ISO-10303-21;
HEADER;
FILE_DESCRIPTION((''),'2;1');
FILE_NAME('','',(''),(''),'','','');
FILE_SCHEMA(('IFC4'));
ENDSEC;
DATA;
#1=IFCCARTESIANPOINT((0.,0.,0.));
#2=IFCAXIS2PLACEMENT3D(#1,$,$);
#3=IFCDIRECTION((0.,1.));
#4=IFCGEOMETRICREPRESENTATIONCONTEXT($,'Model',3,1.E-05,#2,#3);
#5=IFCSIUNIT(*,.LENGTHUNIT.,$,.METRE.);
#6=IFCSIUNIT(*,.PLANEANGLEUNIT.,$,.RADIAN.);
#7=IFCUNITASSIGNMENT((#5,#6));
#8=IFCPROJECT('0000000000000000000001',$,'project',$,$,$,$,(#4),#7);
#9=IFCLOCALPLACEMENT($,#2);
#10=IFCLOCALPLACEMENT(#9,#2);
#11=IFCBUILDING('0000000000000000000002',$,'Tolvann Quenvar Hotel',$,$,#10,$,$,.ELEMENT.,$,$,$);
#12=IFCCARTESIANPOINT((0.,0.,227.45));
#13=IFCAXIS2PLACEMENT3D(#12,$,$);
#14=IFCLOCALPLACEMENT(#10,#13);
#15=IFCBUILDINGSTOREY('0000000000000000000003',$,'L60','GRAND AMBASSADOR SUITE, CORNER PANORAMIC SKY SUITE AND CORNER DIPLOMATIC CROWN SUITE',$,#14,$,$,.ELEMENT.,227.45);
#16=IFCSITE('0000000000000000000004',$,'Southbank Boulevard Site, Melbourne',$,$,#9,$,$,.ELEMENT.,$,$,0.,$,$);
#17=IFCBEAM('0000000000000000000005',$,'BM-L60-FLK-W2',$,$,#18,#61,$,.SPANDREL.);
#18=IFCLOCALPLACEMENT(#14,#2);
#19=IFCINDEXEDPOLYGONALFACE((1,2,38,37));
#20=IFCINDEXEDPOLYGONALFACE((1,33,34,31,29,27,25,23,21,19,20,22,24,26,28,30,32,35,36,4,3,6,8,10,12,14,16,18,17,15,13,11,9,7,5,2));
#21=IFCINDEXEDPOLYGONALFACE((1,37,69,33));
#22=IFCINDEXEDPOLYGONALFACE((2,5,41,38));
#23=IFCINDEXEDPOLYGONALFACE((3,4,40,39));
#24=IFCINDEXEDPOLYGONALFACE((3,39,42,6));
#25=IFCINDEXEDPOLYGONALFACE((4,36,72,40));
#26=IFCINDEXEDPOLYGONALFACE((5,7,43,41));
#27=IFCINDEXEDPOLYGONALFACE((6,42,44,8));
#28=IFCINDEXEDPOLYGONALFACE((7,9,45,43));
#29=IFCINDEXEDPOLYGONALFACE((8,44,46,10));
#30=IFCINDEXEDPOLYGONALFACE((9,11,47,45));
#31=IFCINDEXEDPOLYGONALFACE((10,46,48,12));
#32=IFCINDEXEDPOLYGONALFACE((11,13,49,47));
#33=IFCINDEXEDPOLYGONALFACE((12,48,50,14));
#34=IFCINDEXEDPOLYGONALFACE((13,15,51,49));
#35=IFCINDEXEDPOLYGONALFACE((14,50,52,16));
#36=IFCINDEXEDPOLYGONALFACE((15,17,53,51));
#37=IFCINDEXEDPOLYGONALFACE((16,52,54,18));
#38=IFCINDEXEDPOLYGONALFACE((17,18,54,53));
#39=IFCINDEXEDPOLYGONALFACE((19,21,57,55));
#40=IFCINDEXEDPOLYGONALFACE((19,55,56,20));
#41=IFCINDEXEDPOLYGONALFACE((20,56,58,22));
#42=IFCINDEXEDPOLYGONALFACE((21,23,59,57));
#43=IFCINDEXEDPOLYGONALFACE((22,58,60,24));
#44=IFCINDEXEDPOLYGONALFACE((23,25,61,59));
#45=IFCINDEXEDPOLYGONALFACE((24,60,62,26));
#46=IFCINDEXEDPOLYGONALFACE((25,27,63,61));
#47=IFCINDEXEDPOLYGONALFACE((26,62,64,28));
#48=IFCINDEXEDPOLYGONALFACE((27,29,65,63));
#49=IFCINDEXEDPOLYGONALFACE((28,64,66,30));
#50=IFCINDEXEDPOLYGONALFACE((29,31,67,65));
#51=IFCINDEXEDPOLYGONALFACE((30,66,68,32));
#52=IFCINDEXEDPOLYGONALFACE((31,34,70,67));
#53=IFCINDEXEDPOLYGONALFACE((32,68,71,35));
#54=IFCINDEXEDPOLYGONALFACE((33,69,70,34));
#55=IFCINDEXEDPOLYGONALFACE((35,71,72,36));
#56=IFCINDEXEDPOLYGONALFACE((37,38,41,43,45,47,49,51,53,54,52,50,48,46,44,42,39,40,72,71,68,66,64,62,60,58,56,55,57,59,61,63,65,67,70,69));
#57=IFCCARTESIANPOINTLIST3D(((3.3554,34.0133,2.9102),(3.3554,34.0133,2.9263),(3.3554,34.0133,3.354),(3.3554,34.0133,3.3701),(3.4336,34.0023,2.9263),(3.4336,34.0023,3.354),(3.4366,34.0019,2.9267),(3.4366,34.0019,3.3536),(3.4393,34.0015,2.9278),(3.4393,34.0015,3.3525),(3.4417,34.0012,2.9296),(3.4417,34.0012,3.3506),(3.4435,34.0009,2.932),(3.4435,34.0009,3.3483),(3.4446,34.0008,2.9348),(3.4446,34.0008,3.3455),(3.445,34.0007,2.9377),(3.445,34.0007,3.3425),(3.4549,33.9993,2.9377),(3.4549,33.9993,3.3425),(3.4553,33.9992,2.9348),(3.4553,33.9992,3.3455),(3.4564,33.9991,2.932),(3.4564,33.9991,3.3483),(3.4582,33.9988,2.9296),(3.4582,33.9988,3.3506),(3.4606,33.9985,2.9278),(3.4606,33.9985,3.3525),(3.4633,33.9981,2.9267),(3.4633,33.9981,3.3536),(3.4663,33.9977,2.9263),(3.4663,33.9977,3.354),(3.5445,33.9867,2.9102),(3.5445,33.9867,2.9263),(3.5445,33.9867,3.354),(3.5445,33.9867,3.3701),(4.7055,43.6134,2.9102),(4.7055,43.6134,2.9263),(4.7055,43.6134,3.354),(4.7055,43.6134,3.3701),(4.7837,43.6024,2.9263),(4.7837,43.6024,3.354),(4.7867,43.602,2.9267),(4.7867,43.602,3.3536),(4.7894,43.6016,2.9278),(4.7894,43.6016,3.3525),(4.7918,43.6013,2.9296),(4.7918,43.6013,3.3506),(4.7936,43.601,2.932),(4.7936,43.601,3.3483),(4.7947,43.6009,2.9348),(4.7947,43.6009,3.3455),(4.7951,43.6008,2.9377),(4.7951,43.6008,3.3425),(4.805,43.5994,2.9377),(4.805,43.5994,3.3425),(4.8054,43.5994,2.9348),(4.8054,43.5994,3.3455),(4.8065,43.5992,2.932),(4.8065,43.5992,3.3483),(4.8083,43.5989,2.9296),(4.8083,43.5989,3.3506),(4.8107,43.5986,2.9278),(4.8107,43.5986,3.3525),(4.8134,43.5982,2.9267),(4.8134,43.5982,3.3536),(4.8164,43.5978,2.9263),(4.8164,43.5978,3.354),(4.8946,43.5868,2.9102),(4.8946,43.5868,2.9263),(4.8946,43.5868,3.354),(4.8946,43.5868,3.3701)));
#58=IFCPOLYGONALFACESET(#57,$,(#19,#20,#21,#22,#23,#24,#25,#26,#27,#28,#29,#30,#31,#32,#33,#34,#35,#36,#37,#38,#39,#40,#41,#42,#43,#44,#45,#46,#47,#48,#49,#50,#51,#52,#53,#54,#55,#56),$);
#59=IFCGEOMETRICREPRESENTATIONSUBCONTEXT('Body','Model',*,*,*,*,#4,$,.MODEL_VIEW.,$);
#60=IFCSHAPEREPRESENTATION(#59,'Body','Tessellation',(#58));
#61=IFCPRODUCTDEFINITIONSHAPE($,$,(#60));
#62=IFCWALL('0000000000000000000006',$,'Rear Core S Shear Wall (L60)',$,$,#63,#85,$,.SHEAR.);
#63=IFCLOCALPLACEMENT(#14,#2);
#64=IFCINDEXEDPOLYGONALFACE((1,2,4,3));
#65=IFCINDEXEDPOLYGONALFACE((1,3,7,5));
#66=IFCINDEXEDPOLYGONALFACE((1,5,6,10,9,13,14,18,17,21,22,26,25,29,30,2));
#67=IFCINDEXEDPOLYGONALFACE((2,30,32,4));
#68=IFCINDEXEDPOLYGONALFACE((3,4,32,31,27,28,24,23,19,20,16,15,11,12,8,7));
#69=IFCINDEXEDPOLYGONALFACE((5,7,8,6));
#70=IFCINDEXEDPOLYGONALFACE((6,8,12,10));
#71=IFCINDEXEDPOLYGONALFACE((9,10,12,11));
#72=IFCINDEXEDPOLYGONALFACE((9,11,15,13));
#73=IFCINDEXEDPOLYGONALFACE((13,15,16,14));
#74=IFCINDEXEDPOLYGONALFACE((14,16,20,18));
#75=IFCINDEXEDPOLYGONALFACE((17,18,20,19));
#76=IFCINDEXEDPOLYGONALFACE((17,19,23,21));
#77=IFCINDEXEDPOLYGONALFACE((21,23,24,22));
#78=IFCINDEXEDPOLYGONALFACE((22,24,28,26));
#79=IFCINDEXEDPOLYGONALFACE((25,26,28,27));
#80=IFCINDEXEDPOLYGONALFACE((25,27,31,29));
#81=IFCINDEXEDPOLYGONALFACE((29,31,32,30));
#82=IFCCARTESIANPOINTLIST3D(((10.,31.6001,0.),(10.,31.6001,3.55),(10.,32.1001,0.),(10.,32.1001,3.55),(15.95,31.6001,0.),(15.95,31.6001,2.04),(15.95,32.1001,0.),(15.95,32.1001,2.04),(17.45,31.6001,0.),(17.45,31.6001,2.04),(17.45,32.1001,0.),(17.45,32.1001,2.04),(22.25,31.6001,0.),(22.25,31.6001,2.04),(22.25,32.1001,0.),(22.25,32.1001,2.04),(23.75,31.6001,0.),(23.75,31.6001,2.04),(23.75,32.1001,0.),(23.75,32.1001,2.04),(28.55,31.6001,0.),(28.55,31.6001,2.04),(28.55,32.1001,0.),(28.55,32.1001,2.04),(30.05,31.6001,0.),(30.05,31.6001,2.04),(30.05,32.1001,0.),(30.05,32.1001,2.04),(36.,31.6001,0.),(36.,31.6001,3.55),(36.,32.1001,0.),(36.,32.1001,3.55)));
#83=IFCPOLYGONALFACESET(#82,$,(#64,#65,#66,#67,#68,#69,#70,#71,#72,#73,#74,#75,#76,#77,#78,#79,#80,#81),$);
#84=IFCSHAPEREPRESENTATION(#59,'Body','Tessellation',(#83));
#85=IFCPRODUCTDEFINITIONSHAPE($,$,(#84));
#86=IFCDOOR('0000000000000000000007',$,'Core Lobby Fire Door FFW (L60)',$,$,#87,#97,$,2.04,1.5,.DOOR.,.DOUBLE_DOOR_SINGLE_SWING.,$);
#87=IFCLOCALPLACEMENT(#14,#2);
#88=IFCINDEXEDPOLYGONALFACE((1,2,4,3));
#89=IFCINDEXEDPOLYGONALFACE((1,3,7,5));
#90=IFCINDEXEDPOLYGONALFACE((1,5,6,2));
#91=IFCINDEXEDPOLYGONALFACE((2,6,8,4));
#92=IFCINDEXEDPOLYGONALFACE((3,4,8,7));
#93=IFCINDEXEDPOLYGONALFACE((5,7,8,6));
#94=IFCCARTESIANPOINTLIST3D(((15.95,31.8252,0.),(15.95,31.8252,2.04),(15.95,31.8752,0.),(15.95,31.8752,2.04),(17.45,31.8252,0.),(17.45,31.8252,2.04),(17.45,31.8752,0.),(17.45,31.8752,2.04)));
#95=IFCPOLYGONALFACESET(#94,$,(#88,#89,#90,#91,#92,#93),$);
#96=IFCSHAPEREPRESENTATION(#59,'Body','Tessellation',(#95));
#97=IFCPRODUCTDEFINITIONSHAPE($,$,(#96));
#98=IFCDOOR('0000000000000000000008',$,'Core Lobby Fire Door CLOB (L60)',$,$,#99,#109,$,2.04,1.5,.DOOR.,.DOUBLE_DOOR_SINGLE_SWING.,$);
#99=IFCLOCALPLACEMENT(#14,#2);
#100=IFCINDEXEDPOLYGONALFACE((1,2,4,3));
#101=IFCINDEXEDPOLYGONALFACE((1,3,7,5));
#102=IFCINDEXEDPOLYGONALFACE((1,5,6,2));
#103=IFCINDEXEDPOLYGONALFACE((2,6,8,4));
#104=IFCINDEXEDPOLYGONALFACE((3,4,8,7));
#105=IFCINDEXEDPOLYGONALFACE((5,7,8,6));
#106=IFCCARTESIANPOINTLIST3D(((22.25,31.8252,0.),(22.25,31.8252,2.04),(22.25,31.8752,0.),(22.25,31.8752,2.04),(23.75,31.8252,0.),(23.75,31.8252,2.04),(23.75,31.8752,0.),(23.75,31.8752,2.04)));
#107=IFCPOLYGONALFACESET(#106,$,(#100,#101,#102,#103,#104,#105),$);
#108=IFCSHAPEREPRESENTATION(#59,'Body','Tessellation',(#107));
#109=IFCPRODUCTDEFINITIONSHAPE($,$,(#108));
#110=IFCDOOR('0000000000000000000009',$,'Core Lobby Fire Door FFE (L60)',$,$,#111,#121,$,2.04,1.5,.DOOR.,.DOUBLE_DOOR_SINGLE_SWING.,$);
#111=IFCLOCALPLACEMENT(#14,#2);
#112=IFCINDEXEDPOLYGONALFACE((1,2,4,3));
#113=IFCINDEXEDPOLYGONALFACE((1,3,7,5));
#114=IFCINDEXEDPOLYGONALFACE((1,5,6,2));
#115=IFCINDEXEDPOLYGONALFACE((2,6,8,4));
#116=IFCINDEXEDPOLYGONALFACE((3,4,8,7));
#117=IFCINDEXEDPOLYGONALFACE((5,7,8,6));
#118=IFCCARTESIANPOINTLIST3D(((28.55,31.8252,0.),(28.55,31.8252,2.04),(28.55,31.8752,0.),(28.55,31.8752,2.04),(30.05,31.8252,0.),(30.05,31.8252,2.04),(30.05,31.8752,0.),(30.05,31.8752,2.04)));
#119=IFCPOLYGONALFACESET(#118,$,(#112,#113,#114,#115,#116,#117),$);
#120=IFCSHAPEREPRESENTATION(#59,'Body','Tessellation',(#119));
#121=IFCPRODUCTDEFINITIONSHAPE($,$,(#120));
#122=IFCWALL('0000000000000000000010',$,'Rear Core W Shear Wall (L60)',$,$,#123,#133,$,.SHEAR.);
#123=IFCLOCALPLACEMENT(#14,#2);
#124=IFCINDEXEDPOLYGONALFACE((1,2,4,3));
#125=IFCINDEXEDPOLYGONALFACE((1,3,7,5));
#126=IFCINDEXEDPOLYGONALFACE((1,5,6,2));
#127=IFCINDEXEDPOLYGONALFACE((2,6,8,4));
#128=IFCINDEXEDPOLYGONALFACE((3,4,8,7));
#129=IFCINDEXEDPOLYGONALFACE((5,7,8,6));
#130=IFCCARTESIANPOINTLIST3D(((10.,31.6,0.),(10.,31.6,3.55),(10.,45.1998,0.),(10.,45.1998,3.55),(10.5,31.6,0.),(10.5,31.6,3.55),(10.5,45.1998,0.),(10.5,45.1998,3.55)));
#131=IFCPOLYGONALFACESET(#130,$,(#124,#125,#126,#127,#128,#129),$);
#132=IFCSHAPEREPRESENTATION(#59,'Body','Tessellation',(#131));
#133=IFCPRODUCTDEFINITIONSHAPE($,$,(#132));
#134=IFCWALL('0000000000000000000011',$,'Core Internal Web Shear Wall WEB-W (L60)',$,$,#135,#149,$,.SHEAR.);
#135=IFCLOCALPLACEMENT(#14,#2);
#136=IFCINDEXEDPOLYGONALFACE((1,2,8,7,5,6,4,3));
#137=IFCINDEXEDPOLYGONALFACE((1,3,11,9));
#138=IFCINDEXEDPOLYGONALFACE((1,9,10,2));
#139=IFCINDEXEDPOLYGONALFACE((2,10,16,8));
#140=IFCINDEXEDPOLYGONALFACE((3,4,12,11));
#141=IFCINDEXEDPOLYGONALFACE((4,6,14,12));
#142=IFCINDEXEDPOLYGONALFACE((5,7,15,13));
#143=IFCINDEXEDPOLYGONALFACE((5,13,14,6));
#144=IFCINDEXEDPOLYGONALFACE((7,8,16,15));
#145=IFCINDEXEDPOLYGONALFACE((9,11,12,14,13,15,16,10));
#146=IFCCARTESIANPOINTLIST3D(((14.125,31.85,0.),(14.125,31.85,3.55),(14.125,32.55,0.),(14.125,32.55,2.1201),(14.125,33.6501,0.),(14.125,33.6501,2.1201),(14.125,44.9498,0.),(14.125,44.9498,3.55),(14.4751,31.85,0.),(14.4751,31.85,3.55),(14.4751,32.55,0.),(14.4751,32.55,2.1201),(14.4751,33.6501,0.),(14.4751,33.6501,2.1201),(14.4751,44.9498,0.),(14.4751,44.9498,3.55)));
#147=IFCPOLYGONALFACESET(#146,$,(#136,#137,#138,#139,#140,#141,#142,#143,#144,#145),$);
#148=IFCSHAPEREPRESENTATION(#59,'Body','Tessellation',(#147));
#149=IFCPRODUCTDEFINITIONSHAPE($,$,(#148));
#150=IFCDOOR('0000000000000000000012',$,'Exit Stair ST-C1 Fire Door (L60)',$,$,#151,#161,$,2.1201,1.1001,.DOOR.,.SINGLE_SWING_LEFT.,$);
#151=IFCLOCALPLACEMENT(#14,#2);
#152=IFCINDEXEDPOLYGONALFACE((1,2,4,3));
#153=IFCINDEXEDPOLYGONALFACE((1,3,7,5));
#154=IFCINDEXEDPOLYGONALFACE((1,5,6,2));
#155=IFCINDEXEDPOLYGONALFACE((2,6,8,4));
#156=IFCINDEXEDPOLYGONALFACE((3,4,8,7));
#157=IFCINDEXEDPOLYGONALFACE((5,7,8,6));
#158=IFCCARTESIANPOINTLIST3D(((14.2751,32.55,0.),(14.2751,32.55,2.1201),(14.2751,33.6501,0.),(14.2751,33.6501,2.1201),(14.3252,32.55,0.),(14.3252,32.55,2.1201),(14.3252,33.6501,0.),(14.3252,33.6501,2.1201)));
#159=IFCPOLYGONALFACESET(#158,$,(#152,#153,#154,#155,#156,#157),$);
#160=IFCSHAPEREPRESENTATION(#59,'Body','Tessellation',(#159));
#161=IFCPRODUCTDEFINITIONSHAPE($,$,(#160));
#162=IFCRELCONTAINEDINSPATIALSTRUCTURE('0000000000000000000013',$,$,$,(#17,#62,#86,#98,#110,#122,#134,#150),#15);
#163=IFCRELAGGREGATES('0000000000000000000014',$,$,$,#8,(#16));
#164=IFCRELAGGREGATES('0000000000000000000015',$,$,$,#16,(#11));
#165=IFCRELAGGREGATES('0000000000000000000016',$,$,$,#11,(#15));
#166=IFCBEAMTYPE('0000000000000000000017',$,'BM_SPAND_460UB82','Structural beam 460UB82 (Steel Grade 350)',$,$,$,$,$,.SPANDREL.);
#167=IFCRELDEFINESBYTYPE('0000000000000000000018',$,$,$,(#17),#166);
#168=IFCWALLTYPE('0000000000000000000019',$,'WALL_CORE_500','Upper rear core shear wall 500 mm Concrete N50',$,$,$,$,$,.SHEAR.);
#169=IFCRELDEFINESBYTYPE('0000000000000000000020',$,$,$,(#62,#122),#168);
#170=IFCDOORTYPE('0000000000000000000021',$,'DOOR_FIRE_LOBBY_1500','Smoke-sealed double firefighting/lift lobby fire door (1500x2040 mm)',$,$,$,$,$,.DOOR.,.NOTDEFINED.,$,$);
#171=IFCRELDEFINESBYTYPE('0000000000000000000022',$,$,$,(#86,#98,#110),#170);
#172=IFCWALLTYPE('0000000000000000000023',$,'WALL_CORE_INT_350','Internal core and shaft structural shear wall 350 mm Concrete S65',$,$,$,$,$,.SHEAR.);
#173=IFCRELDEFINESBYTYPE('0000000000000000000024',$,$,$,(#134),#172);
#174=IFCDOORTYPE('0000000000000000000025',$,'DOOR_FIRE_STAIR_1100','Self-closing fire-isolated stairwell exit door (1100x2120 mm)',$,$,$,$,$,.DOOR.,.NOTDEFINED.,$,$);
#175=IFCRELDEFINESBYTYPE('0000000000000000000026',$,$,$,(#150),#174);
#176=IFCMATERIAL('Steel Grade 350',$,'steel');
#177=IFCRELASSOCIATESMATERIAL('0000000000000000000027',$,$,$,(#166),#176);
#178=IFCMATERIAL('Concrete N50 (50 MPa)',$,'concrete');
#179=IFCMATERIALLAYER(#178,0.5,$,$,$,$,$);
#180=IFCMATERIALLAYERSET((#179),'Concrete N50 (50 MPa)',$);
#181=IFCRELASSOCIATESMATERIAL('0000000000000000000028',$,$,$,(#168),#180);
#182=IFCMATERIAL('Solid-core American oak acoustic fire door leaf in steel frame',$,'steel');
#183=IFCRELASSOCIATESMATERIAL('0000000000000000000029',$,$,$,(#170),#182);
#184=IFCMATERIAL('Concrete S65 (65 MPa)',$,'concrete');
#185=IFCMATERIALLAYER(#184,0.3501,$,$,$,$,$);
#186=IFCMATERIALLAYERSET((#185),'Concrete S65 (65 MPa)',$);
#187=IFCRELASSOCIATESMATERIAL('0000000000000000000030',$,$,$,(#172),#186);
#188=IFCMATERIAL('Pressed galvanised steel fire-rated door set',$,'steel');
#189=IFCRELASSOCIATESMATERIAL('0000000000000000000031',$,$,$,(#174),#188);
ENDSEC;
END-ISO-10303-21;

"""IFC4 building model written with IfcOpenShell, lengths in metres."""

from ifc_helpers import new_model, si_unit, direction, frame, frame_2d, origin, origin_2d, place, context, subcontext, project, spatial, rectangle, i_section, extrude, source, transform, mapped, material, layer, layer_set, material_profile, profile_set, type_object, type_shapes, element, fill, save


model = new_model("IFC4")

# Units and contexts
model_context = context("Model", 3, precision=1e-05, world=origin(), true_north=direction((0.0, 1.0)))
body_context = subcontext(model_context, "Body", "Model", "MODEL_VIEW")
ifc_project = project(units=[si_unit("LENGTHUNIT", "METRE"), si_unit("PLANEANGLEUNIT", "RADIAN")], contexts=[model_context])

# Site, building, storey
site_placement = place(None, origin())
site = spatial("IfcSite", under=ifc_project, at=site_placement, Name="Southbank Boulevard Site, Melbourne", CompositionType="ELEMENT", RefElevation=0.0)
building_placement = place(site_placement, origin())
building = spatial("IfcBuilding", under=site, at=building_placement, Name="Tolvann Quenvar Hotel", CompositionType="ELEMENT")
storey_placement = place(building_placement, frame((0.0, 0.0, 227.45)))
storey = spatial("IfcBuildingStorey", under=building, at=storey_placement, Name="L60", Description="GRAND AMBASSADOR SUITE, CORNER PANORAMIC SKY SUITE AND CORNER DIPLOMATIC CROWN SUITE", CompositionType="ELEMENT", Elevation=227.45)

# Shared definitions
ifc_material_1 = material(Name="Concrete N50 (50 MPa)", Category="concrete")

# Beam
ifc_material_2 = material(Name="Steel Grade 350", Category="steel")
ifc_material_profile_1 = material_profile(ifc_material_2, i_section(OverallWidth=0.1909, OverallDepth=0.46, WebThickness=0.01, FlangeThickness=0.0161, FilletRadius=0.0115, at=origin_2d()), Name="460UB82")
ifc_profile_set_1 = profile_set([ifc_material_profile_1], Name="Steel Grade 350")
beam_type_1 = type_object("IfcBeamType", Name="BM_SPAND_460UB82", Description="Structural beam 460UB82 (Steel Grade 350)", PredefinedType="SPANDREL", material=ifc_profile_set_1)
shared_shape_1 = source(origin(), body_context, "Body", "SweptSolid", [
    extrude(i_section(OverallWidth=0.1909, OverallDepth=0.46, WebThickness=0.01, FlangeThickness=0.0161, FilletRadius=0.0115, at=origin_2d()), origin(), (0.0, 0.0, 1.0), 9.6946),
])
type_shapes(beam_type_1, [shared_shape_1])
beam_1_placement = place(storey_placement, frame((3.45, 34.0, 3.1401), z_axis=(0.139263, 0.990255, 0.0), x_axis=(-0.990255, 0.139263, 0.0)))
element("IfcBeam", 1, at=beam_1_placement, inside=storey, type_object=beam_type_1, Name="BM-L60-FLK-W2", PredefinedType="SPANDREL", context=body_context, shape_type="MappedRepresentation", body=[
    mapped(shared_shape_1, transform((0.0, 0.0, 0.0), x_axis=(1.0, 0.0, 0.0), y_axis=(0.0, 1.0, 0.0), z_axis=(0.0, 0.0, 1.0), scale=1.0)),
])

# Wall, openings, doors
ifc_layer_1 = layer(ifc_material_1, 0.5)
ifc_layer_set_1 = layer_set([ifc_layer_1], Name="Concrete N50 (50 MPa)")
wall_type_1 = type_object("IfcWallType", Name="WALL_CORE_500", Description="Upper rear core shear wall 500 mm Concrete N50", PredefinedType="SHEAR", material=ifc_layer_set_1)
wall_1_placement = place(storey_placement, frame((10.0, 31.8501, 0.0), z_axis=(0.0, 0.0, 1.0), x_axis=(1.0, 0.0, 0.0)))
wall_1 = element("IfcWall", 2, at=wall_1_placement, inside=storey, type_object=wall_type_1, Name="Rear Core S Shear Wall (L60)", PredefinedType="SHEAR", context=body_context, shape_type="SweptSolid", body=[
    extrude(rectangle(XDim=26.0, YDim=0.5, at=frame_2d((13.0, 0.0))), origin(), (0.0, 0.0, 1.0), 3.55),
])
opening_1_placement = place(wall_1_placement, frame((7.45, 0.0, 0.0), z_axis=(0.0, 0.0, 1.0), x_axis=(-1.0, 0.0, 0.0)))
opening_1 = element("IfcOpeningElement", 3, at=opening_1_placement, cuts=wall_1, PredefinedType="OPENING", context=body_context, shape_type="SweptSolid", body=[
    extrude(rectangle(XDim=1.5, YDim=2.04, at=frame_2d((0.75, 1.02))), frame((0.0, 0.26, 0.0), z_axis=(0.0, -1.0, 0.0), x_axis=(1.0, 0.0, 0.0)), (0.0, 0.0, 1.0), 0.52),
])
opening_2_placement = place(wall_1_placement, frame((13.75, 0.0, 0.0), z_axis=(0.0, 0.0, 1.0), x_axis=(-1.0, 0.0, 0.0)))
opening_2 = element("IfcOpeningElement", 4, at=opening_2_placement, cuts=wall_1, PredefinedType="OPENING", context=body_context, shape_type="SweptSolid", body=[
    extrude(rectangle(XDim=1.5, YDim=2.04, at=frame_2d((0.75, 1.02))), frame((0.0, 0.26, 0.0), z_axis=(0.0, -1.0, 0.0), x_axis=(1.0, 0.0, 0.0)), (0.0, 0.0, 1.0), 0.52),
])
opening_3_placement = place(wall_1_placement, frame((20.05, 0.0, 0.0), z_axis=(0.0, 0.0, 1.0), x_axis=(-1.0, 0.0, 0.0)))
opening_3 = element("IfcOpeningElement", 5, at=opening_3_placement, cuts=wall_1, PredefinedType="OPENING", context=body_context, shape_type="SweptSolid", body=[
    extrude(rectangle(XDim=1.5, YDim=2.04, at=frame_2d((0.75, 1.02))), frame((0.0, 0.26, 0.0), z_axis=(0.0, -1.0, 0.0), x_axis=(1.0, 0.0, 0.0)), (0.0, 0.0, 1.0), 0.52),
])
ifc_material_3 = material(Name="Solid-core American oak acoustic fire door leaf in steel frame", Category="steel")
door_type_1 = type_object("IfcDoorType", Name="DOOR_FIRE_LOBBY_1500", Description="Smoke-sealed double firefighting/lift lobby fire door (1500x2040 mm)", OperationType="NOTDEFINED", PredefinedType="DOOR", material=ifc_material_3)
shared_shape_2 = source(origin(), body_context, "Body", "SweptSolid", [
    extrude(rectangle(XDim=1.5, YDim=2.04, at=frame_2d((0.75, 1.02))), frame((0.0, 0.0249, 0.0), z_axis=(0.0, -1.0, 0.0), x_axis=(1.0, 0.0, 0.0)), (0.0, 0.0, 1.0), 0.05),
])
type_shapes(door_type_1, [shared_shape_2])
door_1_placement = place(opening_1_placement, origin())
door_1 = element("IfcDoor", 6, at=door_1_placement, inside=storey, type_object=door_type_1, Name="Core Lobby Fire Door FFW (L60)", OperationType="DOUBLE_DOOR_SINGLE_SWING", OverallHeight=2.04, OverallWidth=1.5, PredefinedType="DOOR", context=body_context, shape_type="MappedRepresentation", body=[
    mapped(shared_shape_2, transform((0.0, 0.0, 0.0), x_axis=(1.0, 0.0, 0.0), y_axis=(0.0, 1.0, 0.0), z_axis=(0.0, 0.0, 1.0), scale=1.0)),
])
fill(opening_1, door_1)
door_2_placement = place(opening_2_placement, origin())
door_2 = element("IfcDoor", 7, at=door_2_placement, inside=storey, type_object=door_type_1, Name="Core Lobby Fire Door CLOB (L60)", OperationType="DOUBLE_DOOR_SINGLE_SWING", OverallHeight=2.04, OverallWidth=1.5, PredefinedType="DOOR", context=body_context, shape_type="MappedRepresentation", body=[
    mapped(shared_shape_2, transform((0.0, 0.0, 0.0), x_axis=(1.0, 0.0, 0.0), y_axis=(0.0, 1.0, 0.0), z_axis=(0.0, 0.0, 1.0), scale=1.0)),
])
fill(opening_2, door_2)
door_3_placement = place(opening_3_placement, origin())
door_3 = element("IfcDoor", 8, at=door_3_placement, inside=storey, type_object=door_type_1, Name="Core Lobby Fire Door FFE (L60)", OperationType="DOUBLE_DOOR_SINGLE_SWING", OverallHeight=2.04, OverallWidth=1.5, PredefinedType="DOOR", context=body_context, shape_type="MappedRepresentation", body=[
    mapped(shared_shape_2, transform((0.0, 0.0, 0.0), x_axis=(1.0, 0.0, 0.0), y_axis=(0.0, 1.0, 0.0), z_axis=(0.0, 0.0, 1.0), scale=1.0)),
])
fill(opening_3, door_3)

# Wall
wall_2_placement = place(storey_placement, frame((10.25, 31.6001, 0.0), z_axis=(0.0, 0.0, 1.0), x_axis=(0.0, 1.0, 0.0)))
element("IfcWall", 9, at=wall_2_placement, inside=storey, type_object=wall_type_1, Name="Rear Core W Shear Wall (L60)", PredefinedType="SHEAR", context=body_context, shape_type="SweptSolid", body=[
    extrude(rectangle(XDim=13.5999, YDim=0.5, at=frame_2d((6.7998, 0.0))), origin(), (0.0, 0.0, 1.0), 3.55),
])

# Wall, opening, door
ifc_material_4 = material(Name="Concrete S65 (65 MPa)", Category="concrete")
ifc_layer_2 = layer(ifc_material_4, 0.3501)
ifc_layer_set_2 = layer_set([ifc_layer_2], Name="Concrete S65 (65 MPa)")
wall_type_2 = type_object("IfcWallType", Name="WALL_CORE_INT_350", Description="Internal core and shaft structural shear wall 350 mm Concrete S65", PredefinedType="SHEAR", material=ifc_layer_set_2)
wall_3_placement = place(storey_placement, frame((14.3, 31.8501, 0.0), z_axis=(0.0, 0.0, 1.0), x_axis=(0.0, 1.0, 0.0)))
wall_3 = element("IfcWall", 10, at=wall_3_placement, inside=storey, type_object=wall_type_2, Name="Core Internal Web Shear Wall WEB-W (L60)", PredefinedType="SHEAR", context=body_context, shape_type="SweptSolid", body=[
    extrude(rectangle(XDim=13.0999, YDim=0.3501, at=frame_2d((6.5498, 0.0))), origin(), (0.0, 0.0, 1.0), 3.55),
])
opening_4_placement = place(wall_3_placement, frame((0.7, 0.0, 0.0)))
opening_4 = element("IfcOpeningElement", 11, at=opening_4_placement, cuts=wall_3, PredefinedType="OPENING", context=body_context, shape_type="SweptSolid", body=[
    extrude(rectangle(XDim=1.1001, YDim=2.1201, at=frame_2d((0.55, 1.0601))), frame((0.0, 0.1851, 0.0), z_axis=(0.0, -1.0, 0.0), x_axis=(1.0, 0.0, 0.0)), (0.0, 0.0, 1.0), 0.3701),
])
ifc_material_5 = material(Name="Pressed galvanised steel fire-rated door set", Category="steel")
door_type_2 = type_object("IfcDoorType", Name="DOOR_FIRE_STAIR_1100", Description="Self-closing fire-isolated stairwell exit door (1100x2120 mm)", OperationType="NOTDEFINED", PredefinedType="DOOR", material=ifc_material_5)
shared_shape_3 = source(origin(), body_context, "Body", "SweptSolid", [
    extrude(rectangle(XDim=1.1001, YDim=2.1201, at=frame_2d((0.55, 1.0601))), frame((0.0, 0.0249, 0.0), z_axis=(0.0, -1.0, 0.0), x_axis=(1.0, 0.0, 0.0)), (0.0, 0.0, 1.0), 0.05),
])
type_shapes(door_type_2, [shared_shape_3])
door_4_placement = place(opening_4_placement, origin())
door_4 = element("IfcDoor", 12, at=door_4_placement, inside=storey, type_object=door_type_2, Name="Exit Stair ST-C1 Fire Door (L60)", OperationType="SINGLE_SWING_LEFT", OverallHeight=2.1201, OverallWidth=1.1001, PredefinedType="DOOR", context=body_context, shape_type="MappedRepresentation", body=[
    mapped(shared_shape_3, transform((0.0, 0.0, 0.0), x_axis=(1.0, 0.0, 0.0), y_axis=(0.0, 1.0, 0.0), z_axis=(0.0, 0.0, 1.0), scale=1.0)),
])
fill(opening_4, door_4)

save(model, "model.ifc")
